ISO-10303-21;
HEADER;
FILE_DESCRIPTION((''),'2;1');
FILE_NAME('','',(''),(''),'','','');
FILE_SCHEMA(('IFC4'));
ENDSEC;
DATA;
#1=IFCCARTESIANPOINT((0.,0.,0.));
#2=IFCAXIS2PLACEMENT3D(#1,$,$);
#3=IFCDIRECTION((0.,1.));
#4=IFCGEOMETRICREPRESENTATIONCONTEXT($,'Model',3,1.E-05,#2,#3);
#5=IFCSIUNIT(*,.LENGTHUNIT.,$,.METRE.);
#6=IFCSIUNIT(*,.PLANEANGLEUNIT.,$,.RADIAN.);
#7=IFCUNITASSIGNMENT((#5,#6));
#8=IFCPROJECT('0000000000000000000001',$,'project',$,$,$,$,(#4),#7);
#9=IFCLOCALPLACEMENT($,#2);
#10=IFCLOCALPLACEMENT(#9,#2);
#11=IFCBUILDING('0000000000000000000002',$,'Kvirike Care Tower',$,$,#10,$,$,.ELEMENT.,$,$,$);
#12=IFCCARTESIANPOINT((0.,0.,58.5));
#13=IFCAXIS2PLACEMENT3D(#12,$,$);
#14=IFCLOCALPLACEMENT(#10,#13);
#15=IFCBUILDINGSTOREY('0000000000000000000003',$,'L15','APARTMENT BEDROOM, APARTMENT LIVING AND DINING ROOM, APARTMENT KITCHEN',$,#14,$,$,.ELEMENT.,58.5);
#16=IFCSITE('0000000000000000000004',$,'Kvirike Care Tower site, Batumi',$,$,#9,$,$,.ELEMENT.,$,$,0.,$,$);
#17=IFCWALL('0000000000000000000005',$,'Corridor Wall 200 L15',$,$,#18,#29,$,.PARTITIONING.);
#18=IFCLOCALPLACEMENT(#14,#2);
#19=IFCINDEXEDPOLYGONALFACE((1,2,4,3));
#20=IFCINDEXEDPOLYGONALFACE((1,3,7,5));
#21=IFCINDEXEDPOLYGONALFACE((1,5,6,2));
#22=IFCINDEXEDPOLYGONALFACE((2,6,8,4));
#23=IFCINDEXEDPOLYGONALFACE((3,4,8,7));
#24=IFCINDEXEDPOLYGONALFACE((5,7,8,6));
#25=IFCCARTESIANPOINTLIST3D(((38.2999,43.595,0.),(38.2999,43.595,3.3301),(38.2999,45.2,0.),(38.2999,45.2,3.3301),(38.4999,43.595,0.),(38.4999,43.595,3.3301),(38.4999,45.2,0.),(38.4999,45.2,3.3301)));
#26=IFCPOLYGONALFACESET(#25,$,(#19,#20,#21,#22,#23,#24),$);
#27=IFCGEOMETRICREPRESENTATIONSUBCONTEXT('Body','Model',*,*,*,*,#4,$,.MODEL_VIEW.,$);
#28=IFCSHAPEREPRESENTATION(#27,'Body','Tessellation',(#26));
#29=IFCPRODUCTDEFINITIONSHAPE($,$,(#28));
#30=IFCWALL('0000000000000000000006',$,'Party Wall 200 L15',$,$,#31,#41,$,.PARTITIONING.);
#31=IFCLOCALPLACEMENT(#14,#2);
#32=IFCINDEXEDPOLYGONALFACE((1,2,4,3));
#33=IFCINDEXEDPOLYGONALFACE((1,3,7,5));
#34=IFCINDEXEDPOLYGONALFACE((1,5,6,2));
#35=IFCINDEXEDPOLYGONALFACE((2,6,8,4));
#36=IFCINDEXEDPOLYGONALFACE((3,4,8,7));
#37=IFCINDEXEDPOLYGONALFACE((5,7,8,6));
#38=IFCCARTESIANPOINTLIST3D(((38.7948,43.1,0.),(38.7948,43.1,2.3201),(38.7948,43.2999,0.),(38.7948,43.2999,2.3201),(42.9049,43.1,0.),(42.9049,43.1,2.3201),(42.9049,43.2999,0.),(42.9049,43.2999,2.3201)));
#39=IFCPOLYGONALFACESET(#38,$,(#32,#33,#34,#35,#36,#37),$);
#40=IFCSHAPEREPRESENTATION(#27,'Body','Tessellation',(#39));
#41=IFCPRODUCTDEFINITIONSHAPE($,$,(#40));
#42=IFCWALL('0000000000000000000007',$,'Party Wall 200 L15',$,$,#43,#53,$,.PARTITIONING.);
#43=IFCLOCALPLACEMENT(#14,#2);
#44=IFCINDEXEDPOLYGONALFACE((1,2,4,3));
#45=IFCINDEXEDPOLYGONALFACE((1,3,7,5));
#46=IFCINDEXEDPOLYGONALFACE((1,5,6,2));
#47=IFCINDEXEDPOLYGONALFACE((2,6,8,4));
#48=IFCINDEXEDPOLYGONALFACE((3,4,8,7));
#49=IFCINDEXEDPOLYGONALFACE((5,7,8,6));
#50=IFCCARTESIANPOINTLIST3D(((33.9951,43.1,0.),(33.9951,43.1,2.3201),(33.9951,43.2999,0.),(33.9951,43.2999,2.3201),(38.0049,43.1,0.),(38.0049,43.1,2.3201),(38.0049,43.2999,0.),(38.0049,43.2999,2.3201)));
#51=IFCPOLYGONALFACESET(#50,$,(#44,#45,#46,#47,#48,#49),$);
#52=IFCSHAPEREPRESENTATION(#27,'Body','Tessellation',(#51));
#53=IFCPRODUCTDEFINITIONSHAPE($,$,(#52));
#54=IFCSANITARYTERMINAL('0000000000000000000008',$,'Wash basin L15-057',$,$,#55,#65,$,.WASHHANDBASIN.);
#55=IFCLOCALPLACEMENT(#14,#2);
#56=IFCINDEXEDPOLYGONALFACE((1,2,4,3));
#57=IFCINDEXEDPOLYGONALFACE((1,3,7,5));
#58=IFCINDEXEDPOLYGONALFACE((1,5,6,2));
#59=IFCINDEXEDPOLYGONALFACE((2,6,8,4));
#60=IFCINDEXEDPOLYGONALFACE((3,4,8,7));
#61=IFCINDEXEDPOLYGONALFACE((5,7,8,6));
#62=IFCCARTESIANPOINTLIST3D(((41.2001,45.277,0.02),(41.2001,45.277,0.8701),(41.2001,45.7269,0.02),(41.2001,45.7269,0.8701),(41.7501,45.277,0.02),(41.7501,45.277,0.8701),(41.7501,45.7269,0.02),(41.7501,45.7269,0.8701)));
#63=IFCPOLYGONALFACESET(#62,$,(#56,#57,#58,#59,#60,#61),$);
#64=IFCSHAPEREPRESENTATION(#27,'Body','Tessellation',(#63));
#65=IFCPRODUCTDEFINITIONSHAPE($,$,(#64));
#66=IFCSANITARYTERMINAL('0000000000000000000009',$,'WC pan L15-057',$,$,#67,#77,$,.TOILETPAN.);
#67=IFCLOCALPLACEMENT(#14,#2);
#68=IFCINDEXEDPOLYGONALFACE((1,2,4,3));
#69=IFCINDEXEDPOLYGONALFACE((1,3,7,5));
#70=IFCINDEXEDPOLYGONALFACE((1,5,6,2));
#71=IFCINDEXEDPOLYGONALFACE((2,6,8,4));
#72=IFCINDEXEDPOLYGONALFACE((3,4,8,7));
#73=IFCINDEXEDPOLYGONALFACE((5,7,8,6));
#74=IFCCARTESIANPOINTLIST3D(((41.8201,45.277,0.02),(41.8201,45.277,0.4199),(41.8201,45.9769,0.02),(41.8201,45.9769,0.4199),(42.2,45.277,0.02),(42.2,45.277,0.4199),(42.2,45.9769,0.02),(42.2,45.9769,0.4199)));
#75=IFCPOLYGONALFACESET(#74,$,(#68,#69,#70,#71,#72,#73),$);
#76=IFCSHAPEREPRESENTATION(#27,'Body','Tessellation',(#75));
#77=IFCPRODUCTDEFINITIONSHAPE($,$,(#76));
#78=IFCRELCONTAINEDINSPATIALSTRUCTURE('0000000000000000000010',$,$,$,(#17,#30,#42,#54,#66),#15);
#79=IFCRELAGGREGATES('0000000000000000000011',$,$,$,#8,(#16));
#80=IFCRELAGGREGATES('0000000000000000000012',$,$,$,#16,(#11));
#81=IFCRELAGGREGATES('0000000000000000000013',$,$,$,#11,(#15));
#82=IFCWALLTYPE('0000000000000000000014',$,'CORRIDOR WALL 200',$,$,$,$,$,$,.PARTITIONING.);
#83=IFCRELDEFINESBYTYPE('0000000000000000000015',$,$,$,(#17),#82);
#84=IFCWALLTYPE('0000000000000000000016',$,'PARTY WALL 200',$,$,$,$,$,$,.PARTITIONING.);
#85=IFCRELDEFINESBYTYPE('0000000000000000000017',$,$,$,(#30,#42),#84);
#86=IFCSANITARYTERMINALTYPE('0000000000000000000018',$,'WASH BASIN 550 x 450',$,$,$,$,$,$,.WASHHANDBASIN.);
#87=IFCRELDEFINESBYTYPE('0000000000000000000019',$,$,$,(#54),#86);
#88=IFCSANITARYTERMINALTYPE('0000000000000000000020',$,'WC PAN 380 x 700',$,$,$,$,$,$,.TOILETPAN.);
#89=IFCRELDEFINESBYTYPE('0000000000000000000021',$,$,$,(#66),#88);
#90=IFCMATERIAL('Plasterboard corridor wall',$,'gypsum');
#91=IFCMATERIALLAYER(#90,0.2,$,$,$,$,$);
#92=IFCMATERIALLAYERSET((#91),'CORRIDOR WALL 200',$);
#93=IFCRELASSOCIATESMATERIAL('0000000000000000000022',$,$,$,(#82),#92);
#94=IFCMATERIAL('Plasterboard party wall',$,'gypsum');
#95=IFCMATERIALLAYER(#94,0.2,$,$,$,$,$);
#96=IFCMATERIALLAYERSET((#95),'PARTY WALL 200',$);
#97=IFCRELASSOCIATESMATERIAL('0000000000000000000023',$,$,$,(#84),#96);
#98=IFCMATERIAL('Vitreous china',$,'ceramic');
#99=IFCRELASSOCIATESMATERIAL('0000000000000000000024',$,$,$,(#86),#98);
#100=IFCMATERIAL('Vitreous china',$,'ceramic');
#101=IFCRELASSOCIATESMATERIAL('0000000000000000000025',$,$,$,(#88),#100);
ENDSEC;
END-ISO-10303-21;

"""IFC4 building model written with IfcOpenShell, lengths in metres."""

from ifc_helpers import new_model, si_unit, direction, frame, frame_2d, origin, origin_2d, place, context, subcontext, project, spatial, rectangle, extrude, material, layer, layer_set, type_object, element, save


model = new_model("IFC4")

# Units and contexts
model_context = context("Model", 3, precision=1e-05, world=origin(), true_north=direction((0.0, 1.0)))
body_context = subcontext(model_context, "Body", "Model", "MODEL_VIEW")
ifc_project = project(units=[si_unit("LENGTHUNIT", "METRE"), si_unit("PLANEANGLEUNIT", "RADIAN")], contexts=[model_context])

# Site, building, storey
site_placement = place(None, origin())
site = spatial("IfcSite", under=ifc_project, at=site_placement, Name="Kvirike Care Tower site, Batumi", CompositionType="ELEMENT", RefElevation=0.0)
building_placement = place(site_placement, origin())
building = spatial("IfcBuilding", under=site, at=building_placement, Name="Kvirike Care Tower", CompositionType="ELEMENT")
storey_placement = place(building_placement, frame((0.0, 0.0, 58.5)))
storey = spatial("IfcBuildingStorey", under=building, at=storey_placement, Name="L15", Description="APARTMENT BEDROOM, APARTMENT LIVING AND DINING ROOM, APARTMENT KITCHEN", CompositionType="ELEMENT", Elevation=58.5)

# Shared definitions
ifc_material_1 = material(Name="Plasterboard corridor wall", Category="gypsum")
ifc_layer_1 = layer(ifc_material_1, 0.2)
ifc_layer_set_1 = layer_set([ifc_layer_1], Name="CORRIDOR WALL 200")
wall_type_1 = type_object("IfcWallType", Name="CORRIDOR WALL 200", PredefinedType="PARTITIONING", material=ifc_layer_set_1)

# Walls
wall_1_placement = place(storey_placement, frame((38.3999, 45.2, 0.0), z_axis=(0.0, 0.0, 1.0), x_axis=(0.0, -1.0, 0.0)))
element("IfcWall", 1, at=wall_1_placement, inside=storey, type_object=wall_type_1, Name="Corridor Wall 200 L15", PredefinedType="PARTITIONING", context=body_context, shape_type="SweptSolid", body=[
    extrude(rectangle(XDim=1.605, YDim=0.2, at=frame_2d((0.8025, 0.0))), origin(), (0.0, 0.0, 1.0), 3.3301),
])
ifc_material_2 = material(Name="Plasterboard party wall", Category="gypsum")
ifc_layer_2 = layer(ifc_material_2, 0.2)
ifc_layer_set_2 = layer_set([ifc_layer_2], Name="PARTY WALL 200")
wall_type_2 = type_object("IfcWallType", Name="PARTY WALL 200", PredefinedType="PARTITIONING", material=ifc_layer_set_2)
wall_2_placement = place(storey_placement, frame((42.905, 43.2, 0.0), z_axis=(0.0, 0.0, 1.0), x_axis=(-1.0, 0.0, 0.0)))
element("IfcWall", 2, at=wall_2_placement, inside=storey, type_object=wall_type_2, Name="Party Wall 200 L15", PredefinedType="PARTITIONING", context=body_context, shape_type="SweptSolid", body=[
    extrude(rectangle(XDim=4.1101, YDim=0.2, at=frame_2d((2.0552, 0.0))), origin(), (0.0, 0.0, 1.0), 2.3201),
])
wall_3_placement = place(storey_placement, frame((38.0049, 43.2, 0.0), z_axis=(0.0, 0.0, 1.0), x_axis=(-1.0, 0.0, 0.0)))
element("IfcWall", 3, at=wall_3_placement, inside=storey, type_object=wall_type_2, Name="Party Wall 200 L15", PredefinedType="PARTITIONING", context=body_context, shape_type="SweptSolid", body=[
    extrude(rectangle(XDim=4.0098, YDim=0.2, at=frame_2d((2.0049, 0.0))), origin(), (0.0, 0.0, 1.0), 2.3201),
])

# Sanitary terminals
ifc_material_3 = material(Name="Vitreous china", Category="ceramic")
sanitary_terminal_type_1 = type_object("IfcSanitaryTerminalType", Name="WASH BASIN 550 x 450", PredefinedType="WASHHANDBASIN", material=ifc_material_3)
sanitary_terminal_1_placement = place(storey_placement, frame((41.4751, 45.502, 0.02), z_axis=(0.0, 0.0, 1.0), x_axis=(-1.0, 0.0, 0.0)))
element("IfcSanitaryTerminal", 4, at=sanitary_terminal_1_placement, inside=storey, type_object=sanitary_terminal_type_1, Name="Wash basin L15-057", PredefinedType="WASHHANDBASIN", context=body_context, shape_type="SweptSolid", body=[
    extrude(rectangle(XDim=0.55, YDim=0.45, at=origin_2d()), origin(), (0.0, 0.0, 1.0), 0.8501),
])
ifc_material_4 = material(Name="Vitreous china", Category="ceramic")
sanitary_terminal_type_2 = type_object("IfcSanitaryTerminalType", Name="WC PAN 380 x 700", PredefinedType="TOILETPAN", material=ifc_material_4)
sanitary_terminal_2_placement = place(storey_placement, frame((42.01, 45.627, 0.02), z_axis=(0.0, 0.0, 1.0), x_axis=(-1.0, 0.0, 0.0)))
element("IfcSanitaryTerminal", 5, at=sanitary_terminal_2_placement, inside=storey, type_object=sanitary_terminal_type_2, Name="WC pan L15-057", PredefinedType="TOILETPAN", context=body_context, shape_type="SweptSolid", body=[
    extrude(rectangle(XDim=0.3799, YDim=0.7, at=origin_2d()), origin(), (0.0, 0.0, 1.0), 0.3999),
])

save(model, "model.ifc")
